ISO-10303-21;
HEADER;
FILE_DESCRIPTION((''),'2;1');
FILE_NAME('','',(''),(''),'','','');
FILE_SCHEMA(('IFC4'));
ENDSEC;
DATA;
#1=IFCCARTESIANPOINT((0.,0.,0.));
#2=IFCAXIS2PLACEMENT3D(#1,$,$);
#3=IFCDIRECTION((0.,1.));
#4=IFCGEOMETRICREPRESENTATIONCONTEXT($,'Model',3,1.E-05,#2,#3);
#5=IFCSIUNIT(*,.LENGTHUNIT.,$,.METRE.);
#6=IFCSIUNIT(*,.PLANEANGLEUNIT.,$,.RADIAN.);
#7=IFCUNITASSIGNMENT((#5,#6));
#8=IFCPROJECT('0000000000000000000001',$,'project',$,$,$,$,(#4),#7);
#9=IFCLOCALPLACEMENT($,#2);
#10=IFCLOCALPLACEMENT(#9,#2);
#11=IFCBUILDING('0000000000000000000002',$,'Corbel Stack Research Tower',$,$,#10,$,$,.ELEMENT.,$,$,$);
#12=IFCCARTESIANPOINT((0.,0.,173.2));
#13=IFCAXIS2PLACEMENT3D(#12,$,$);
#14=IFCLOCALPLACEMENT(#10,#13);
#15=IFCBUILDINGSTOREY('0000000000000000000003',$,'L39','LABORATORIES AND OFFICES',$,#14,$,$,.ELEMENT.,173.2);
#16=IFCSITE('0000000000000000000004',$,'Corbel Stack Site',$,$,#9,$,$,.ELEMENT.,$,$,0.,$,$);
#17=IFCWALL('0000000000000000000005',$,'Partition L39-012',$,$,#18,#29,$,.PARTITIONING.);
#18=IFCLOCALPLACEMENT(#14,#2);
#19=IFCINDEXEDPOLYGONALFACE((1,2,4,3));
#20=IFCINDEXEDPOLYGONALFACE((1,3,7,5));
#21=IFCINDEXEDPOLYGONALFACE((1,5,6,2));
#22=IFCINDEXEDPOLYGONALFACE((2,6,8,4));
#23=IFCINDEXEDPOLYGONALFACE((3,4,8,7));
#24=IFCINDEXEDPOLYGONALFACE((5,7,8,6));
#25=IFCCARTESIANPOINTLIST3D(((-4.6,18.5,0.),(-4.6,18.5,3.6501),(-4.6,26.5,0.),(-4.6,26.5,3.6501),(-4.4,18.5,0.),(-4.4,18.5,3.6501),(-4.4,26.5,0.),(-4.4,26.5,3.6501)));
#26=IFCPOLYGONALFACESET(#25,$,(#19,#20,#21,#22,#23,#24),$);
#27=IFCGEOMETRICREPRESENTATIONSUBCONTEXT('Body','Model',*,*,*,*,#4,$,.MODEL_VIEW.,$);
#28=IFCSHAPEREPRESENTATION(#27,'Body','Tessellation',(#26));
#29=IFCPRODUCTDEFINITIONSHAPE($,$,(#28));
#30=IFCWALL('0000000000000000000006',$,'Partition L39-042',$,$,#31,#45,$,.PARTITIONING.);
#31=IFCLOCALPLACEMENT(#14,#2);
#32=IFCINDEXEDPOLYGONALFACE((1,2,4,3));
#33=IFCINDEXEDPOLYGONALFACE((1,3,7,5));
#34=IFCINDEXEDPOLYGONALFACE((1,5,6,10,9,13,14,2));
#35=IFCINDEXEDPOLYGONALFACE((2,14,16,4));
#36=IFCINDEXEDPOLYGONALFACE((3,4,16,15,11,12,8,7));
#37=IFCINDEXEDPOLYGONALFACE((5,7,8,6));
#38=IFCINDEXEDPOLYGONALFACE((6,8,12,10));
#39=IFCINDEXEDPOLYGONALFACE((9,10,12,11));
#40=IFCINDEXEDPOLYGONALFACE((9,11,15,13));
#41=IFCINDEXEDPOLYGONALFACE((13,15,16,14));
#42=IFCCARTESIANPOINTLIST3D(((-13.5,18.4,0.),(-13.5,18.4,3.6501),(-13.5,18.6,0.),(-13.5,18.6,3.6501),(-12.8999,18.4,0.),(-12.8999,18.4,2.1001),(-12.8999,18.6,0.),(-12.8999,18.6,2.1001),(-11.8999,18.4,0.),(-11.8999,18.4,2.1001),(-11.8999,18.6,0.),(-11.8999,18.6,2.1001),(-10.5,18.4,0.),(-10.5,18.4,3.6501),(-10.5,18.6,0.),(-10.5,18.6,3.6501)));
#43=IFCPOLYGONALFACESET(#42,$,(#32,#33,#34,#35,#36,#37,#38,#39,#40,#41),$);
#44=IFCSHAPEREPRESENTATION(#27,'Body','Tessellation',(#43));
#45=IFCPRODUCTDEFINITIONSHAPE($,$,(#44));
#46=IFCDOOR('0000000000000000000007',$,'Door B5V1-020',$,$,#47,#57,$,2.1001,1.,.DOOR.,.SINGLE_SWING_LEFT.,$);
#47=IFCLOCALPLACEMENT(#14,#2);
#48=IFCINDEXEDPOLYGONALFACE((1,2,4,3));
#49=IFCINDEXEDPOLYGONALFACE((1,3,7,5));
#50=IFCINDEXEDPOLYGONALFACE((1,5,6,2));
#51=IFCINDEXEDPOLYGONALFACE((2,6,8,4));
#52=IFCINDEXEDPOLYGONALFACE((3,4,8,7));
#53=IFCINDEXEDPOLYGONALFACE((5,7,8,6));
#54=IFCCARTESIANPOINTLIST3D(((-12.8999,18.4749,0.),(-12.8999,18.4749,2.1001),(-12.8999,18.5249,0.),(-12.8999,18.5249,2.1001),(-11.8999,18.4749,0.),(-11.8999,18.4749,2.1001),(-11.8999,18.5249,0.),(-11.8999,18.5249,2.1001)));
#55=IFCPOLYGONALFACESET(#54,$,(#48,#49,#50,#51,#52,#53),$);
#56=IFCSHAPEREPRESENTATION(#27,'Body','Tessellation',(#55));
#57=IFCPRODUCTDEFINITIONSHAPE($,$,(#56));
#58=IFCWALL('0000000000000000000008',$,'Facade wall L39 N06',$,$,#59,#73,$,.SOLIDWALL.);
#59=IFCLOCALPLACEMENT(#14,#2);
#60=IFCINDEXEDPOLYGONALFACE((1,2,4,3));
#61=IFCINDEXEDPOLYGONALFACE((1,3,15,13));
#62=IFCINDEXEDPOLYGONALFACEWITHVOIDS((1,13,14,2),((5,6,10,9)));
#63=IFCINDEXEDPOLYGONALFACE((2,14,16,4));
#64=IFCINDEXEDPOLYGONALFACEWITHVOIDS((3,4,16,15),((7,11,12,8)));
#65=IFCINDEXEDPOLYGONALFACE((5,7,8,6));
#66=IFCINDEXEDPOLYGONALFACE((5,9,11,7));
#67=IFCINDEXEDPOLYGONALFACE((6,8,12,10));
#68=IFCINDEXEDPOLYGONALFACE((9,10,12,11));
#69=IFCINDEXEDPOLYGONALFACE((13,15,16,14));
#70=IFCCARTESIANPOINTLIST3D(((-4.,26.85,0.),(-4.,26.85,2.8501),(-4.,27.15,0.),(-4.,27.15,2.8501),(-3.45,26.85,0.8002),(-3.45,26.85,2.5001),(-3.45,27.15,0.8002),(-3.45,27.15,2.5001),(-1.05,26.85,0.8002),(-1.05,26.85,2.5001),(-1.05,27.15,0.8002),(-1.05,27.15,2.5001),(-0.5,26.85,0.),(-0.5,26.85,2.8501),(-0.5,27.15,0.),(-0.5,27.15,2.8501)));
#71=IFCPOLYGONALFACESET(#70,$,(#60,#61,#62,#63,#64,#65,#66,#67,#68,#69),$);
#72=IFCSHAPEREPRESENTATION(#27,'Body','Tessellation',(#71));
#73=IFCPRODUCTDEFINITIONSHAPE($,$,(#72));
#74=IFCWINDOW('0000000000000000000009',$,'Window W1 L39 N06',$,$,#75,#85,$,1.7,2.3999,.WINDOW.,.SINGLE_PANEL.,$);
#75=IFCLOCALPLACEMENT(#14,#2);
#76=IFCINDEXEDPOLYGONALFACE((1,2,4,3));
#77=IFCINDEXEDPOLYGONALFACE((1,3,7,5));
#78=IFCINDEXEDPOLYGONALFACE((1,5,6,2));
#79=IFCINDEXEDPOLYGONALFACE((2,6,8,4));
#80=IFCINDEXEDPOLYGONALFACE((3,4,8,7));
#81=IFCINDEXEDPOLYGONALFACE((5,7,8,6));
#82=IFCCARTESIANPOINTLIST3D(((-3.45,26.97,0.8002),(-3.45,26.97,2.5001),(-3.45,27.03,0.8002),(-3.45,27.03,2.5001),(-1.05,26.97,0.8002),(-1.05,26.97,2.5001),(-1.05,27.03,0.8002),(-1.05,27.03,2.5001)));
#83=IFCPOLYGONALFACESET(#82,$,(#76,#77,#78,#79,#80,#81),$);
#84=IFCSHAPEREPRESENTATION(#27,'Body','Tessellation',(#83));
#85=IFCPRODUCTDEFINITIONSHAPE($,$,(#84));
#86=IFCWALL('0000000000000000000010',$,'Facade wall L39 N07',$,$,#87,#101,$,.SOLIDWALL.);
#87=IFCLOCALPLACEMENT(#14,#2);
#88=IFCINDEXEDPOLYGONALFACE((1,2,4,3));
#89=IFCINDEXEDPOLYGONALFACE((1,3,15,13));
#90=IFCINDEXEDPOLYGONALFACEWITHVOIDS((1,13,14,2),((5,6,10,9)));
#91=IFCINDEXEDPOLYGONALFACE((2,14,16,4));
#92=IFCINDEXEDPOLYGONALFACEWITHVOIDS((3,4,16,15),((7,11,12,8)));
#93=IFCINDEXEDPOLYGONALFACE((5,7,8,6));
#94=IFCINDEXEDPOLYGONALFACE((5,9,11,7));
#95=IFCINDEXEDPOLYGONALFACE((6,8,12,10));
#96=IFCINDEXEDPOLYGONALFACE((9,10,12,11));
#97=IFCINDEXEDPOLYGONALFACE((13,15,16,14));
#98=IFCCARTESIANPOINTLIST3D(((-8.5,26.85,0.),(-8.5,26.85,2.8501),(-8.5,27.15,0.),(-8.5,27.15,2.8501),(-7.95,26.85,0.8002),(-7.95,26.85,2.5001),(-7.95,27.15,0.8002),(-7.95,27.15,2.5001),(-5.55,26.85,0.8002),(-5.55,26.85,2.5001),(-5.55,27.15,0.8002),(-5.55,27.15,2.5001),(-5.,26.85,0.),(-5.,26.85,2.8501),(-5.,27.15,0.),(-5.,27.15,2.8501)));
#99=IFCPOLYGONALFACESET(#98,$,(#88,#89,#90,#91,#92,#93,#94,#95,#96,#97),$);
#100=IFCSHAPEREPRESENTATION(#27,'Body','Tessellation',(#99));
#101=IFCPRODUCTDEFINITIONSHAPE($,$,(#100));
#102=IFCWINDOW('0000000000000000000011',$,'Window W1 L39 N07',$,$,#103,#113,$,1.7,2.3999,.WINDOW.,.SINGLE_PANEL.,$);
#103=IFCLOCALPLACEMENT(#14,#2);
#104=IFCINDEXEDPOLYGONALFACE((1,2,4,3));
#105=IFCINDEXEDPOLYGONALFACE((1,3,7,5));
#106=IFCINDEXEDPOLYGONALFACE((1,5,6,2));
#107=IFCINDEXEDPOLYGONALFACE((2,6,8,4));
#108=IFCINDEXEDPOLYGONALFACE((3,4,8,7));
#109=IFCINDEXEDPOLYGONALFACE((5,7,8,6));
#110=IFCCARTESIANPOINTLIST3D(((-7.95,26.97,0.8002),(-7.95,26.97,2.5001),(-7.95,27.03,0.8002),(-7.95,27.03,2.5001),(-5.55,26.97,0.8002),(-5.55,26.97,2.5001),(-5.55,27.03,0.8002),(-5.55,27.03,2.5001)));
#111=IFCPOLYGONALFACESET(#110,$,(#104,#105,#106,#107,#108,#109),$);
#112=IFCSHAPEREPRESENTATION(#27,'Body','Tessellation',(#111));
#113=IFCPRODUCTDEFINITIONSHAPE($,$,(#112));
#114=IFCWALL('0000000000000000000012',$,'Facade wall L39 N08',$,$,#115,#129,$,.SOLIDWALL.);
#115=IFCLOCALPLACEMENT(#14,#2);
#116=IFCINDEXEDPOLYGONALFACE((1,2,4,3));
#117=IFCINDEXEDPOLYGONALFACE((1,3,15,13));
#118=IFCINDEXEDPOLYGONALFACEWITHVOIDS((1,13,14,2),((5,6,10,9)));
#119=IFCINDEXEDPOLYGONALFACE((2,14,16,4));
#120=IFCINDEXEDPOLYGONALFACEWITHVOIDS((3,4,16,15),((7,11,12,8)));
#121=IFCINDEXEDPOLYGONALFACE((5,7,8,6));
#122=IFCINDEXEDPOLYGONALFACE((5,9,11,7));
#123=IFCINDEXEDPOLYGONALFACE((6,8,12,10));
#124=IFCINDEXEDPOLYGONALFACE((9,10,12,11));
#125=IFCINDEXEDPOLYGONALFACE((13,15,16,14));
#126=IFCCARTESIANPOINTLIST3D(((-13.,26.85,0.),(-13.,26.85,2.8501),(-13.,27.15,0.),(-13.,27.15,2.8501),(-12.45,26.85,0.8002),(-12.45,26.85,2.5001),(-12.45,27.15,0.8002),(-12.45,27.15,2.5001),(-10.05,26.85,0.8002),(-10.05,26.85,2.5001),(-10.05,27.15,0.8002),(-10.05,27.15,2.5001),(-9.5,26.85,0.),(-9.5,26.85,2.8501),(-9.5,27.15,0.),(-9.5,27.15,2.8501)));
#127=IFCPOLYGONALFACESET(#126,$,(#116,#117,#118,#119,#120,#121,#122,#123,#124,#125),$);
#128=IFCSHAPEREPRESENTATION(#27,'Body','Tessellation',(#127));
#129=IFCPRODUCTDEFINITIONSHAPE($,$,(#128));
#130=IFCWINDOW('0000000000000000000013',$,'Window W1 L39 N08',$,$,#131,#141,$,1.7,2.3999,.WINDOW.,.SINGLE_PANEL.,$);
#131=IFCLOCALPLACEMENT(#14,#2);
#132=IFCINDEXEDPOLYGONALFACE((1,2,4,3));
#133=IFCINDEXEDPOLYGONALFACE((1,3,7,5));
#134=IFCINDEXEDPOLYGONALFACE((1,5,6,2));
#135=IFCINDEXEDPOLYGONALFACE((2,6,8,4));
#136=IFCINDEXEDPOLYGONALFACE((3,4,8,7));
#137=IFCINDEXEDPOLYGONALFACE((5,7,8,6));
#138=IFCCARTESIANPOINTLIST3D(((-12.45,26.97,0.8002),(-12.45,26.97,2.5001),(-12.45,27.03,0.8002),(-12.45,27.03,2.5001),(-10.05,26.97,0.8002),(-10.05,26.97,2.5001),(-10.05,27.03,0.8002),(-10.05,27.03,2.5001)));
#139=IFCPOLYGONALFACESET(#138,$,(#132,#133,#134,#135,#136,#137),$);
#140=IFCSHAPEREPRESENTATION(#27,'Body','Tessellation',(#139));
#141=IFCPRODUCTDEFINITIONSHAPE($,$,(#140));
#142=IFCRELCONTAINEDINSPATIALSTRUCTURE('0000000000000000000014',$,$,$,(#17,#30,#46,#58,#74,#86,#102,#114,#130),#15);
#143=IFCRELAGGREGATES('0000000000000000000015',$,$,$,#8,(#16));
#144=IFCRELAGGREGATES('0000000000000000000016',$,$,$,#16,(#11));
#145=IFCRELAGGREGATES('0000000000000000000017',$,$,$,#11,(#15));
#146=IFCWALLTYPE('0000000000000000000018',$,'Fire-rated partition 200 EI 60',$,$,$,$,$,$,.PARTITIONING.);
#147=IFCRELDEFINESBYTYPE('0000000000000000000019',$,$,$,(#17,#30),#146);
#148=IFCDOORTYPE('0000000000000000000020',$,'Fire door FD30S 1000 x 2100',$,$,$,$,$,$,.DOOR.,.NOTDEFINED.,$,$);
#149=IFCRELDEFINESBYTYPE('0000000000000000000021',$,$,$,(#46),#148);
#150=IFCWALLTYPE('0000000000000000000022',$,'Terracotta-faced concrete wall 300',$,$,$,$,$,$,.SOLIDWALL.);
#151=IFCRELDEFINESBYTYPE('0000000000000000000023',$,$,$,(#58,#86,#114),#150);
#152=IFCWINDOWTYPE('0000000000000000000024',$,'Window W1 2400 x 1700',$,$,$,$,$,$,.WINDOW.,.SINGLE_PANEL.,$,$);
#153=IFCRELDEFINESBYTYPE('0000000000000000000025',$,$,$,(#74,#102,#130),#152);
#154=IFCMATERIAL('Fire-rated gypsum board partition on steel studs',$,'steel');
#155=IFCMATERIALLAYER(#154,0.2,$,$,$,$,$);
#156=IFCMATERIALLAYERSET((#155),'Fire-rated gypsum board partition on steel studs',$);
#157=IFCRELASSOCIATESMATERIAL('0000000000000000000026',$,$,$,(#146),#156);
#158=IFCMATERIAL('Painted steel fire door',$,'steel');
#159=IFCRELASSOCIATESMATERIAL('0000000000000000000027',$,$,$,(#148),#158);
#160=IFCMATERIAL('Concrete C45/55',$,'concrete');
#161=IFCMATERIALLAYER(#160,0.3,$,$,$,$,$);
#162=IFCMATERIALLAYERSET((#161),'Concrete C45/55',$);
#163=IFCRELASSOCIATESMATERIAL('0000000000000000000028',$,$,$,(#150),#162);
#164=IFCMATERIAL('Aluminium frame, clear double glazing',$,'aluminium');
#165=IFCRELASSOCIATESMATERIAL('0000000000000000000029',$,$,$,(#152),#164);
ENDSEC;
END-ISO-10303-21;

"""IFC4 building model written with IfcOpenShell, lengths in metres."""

from ifc_helpers import new_model, si_unit, direction, frame, frame_2d, origin, place, context, subcontext, project, spatial, rectangle, extrude, material, layer, layer_set, type_object, element, fill, save


model = new_model("IFC4")

# Units and contexts
model_context = context("Model", 3, precision=1e-05, world=origin(), true_north=direction((0.0, 1.0)))
body_context = subcontext(model_context, "Body", "Model", "MODEL_VIEW")
ifc_project = project(units=[si_unit("LENGTHUNIT", "METRE"), si_unit("PLANEANGLEUNIT", "RADIAN")], contexts=[model_context])

# Site, building, storey
site_placement = place(None, origin())
site = spatial("IfcSite", under=ifc_project, at=site_placement, Name="Corbel Stack Site", CompositionType="ELEMENT", RefElevation=0.0)
building_placement = place(site_placement, origin())
building = spatial("IfcBuilding", under=site, at=building_placement, Name="Corbel Stack Research Tower", CompositionType="ELEMENT")
storey_placement = place(building_placement, frame((0.0, 0.0, 173.2)))
storey = spatial("IfcBuildingStorey", under=building, at=storey_placement, Name="L39", Description="LABORATORIES AND OFFICES", CompositionType="ELEMENT", Elevation=173.2)

# Wall
ifc_material_1 = material(Name="Fire-rated gypsum board partition on steel studs", Category="steel")
ifc_layer_1 = layer(ifc_material_1, 0.2)
ifc_layer_set_1 = layer_set([ifc_layer_1], Name="Fire-rated gypsum board partition on steel studs")
wall_type_1 = type_object("IfcWallType", Name="Fire-rated partition 200 EI 60", PredefinedType="PARTITIONING", material=ifc_layer_set_1)
wall_1_placement = place(storey_placement, frame((-4.5, 18.5, 0.0), z_axis=(0.0, 0.0, 1.0), x_axis=(0.0, 1.0, 0.0)))
element("IfcWall", 1, at=wall_1_placement, inside=storey, type_object=wall_type_1, Name="Partition L39-012", PredefinedType="PARTITIONING", context=body_context, shape_type="SweptSolid", body=[
    extrude(rectangle(XDim=8.0, YDim=0.2, at=frame_2d((4.0, 0.0))), origin(), (0.0, 0.0, 1.0), 3.6501),
])

# Wall, opening, door
wall_2_placement = place(storey_placement, frame((-13.5, 18.5, 0.0), z_axis=(0.0, 0.0, 1.0), x_axis=(1.0, 0.0, 0.0)))
wall_2 = element("IfcWall", 2, at=wall_2_placement, inside=storey, type_object=wall_type_1, Name="Partition L39-042", PredefinedType="PARTITIONING", context=body_context, shape_type="SweptSolid", body=[
    extrude(rectangle(XDim=3.0, YDim=0.2, at=frame_2d((1.5, 0.0))), origin(), (0.0, 0.0, 1.0), 3.6501),
])
opening_1_placement = place(wall_2_placement, frame((0.6001, 0.0, 0.0)))
opening_1 = element("IfcOpeningElement", 3, at=opening_1_placement, cuts=wall_2, PredefinedType="OPENING", context=body_context, shape_type="SweptSolid", body=[
    extrude(rectangle(XDim=1.0, YDim=2.1001, at=frame_2d((0.5, 1.05))), frame((0.0, 0.1099, 0.0), z_axis=(0.0, -1.0, 0.0), x_axis=(1.0, 0.0, 0.0)), (0.0, 0.0, 1.0), 0.22),
])
ifc_material_2 = material(Name="Painted steel fire door", Category="steel")
door_type_1 = type_object("IfcDoorType", Name="Fire door FD30S 1000 x 2100", OperationType="NOTDEFINED", PredefinedType="DOOR", material=ifc_material_2)
door_1_placement = place(opening_1_placement, origin())
door_1 = element("IfcDoor", 4, at=door_1_placement, inside=storey, type_object=door_type_1, Name="Door B5V1-020", OperationType="SINGLE_SWING_LEFT", OverallHeight=2.1001, OverallWidth=1.0, PredefinedType="DOOR", context=body_context, shape_type="SweptSolid", body=[
    extrude(rectangle(XDim=1.0, YDim=2.1001, at=frame_2d((0.5, 1.05))), frame((0.0, 0.0249, 0.0), z_axis=(0.0, -1.0, 0.0), x_axis=(1.0, 0.0, 0.0)), (0.0, 0.0, 1.0), 0.05),
])
fill(opening_1, door_1)

# Walls, openings, windows
ifc_material_3 = material(Name="Concrete C45/55", Category="concrete")
ifc_layer_2 = layer(ifc_material_3, 0.3)
ifc_layer_set_2 = layer_set([ifc_layer_2], Name="Concrete C45/55")
wall_type_2 = type_object("IfcWallType", Name="Terracotta-faced concrete wall 300", PredefinedType="SOLIDWALL", material=ifc_layer_set_2)
wall_3_placement = place(storey_placement, frame((-4.0, 27.0, 0.0), z_axis=(0.0, 0.0, 1.0), x_axis=(1.0, 0.0, 0.0)))
wall_3 = element("IfcWall", 5, at=wall_3_placement, inside=storey, type_object=wall_type_2, Name="Facade wall L39 N06", PredefinedType="SOLIDWALL", context=body_context, shape_type="SweptSolid", body=[
    extrude(rectangle(XDim=3.5, YDim=0.3, at=frame_2d((1.75, 0.0))), origin(), (0.0, 0.0, 1.0), 2.8501),
])
opening_2_placement = place(wall_3_placement, frame((0.55, 0.0, 0.8)))
opening_2 = element("IfcOpeningElement", 6, at=opening_2_placement, cuts=wall_3, PredefinedType="OPENING", context=body_context, shape_type="SweptSolid", body=[
    extrude(rectangle(XDim=2.3999, YDim=1.7, at=frame_2d((1.2, 0.8501))), frame((0.0, 0.1599, 0.0), z_axis=(0.0, -1.0, 0.0), x_axis=(1.0, 0.0, 0.0)), (0.0, 0.0, 1.0), 0.3201),
])
ifc_material_4 = material(Name="Aluminium frame, clear double glazing", Category="aluminium")
window_type = type_object("IfcWindowType", Name="Window W1 2400 x 1700", PartitioningType="SINGLE_PANEL", PredefinedType="WINDOW", material=ifc_material_4)
window_1_placement = place(opening_2_placement, origin())
window_1 = element("IfcWindow", 7, at=window_1_placement, inside=storey, type_object=window_type, Name="Window W1 L39 N06", OverallHeight=1.7, OverallWidth=2.3999, PartitioningType="SINGLE_PANEL", PredefinedType="WINDOW", context=body_context, shape_type="SweptSolid", body=[
    extrude(rectangle(XDim=2.3999, YDim=1.7, at=frame_2d((1.2, 0.8501))), frame((0.0, 0.03, 0.0), z_axis=(0.0, -1.0, 0.0), x_axis=(1.0, 0.0, 0.0)), (0.0, 0.0, 1.0), 0.0601),
])
fill(opening_2, window_1)
wall_4_placement = place(storey_placement, frame((-8.5, 27.0, 0.0), z_axis=(0.0, 0.0, 1.0), x_axis=(1.0, 0.0, 0.0)))
wall_4 = element("IfcWall", 8, at=wall_4_placement, inside=storey, type_object=wall_type_2, Name="Facade wall L39 N07", PredefinedType="SOLIDWALL", context=body_context, shape_type="SweptSolid", body=[
    extrude(rectangle(XDim=3.5, YDim=0.3, at=frame_2d((1.75, 0.0))), origin(), (0.0, 0.0, 1.0), 2.8501),
])
opening_3_placement = place(wall_4_placement, frame((0.55, 0.0, 0.8)))
opening_3 = element("IfcOpeningElement", 9, at=opening_3_placement, cuts=wall_4, PredefinedType="OPENING", context=body_context, shape_type="SweptSolid", body=[
    extrude(rectangle(XDim=2.3999, YDim=1.7, at=frame_2d((1.2, 0.8501))), frame((0.0, 0.1599, 0.0), z_axis=(0.0, -1.0, 0.0), x_axis=(1.0, 0.0, 0.0)), (0.0, 0.0, 1.0), 0.3201),
])
window_2_placement = place(opening_3_placement, origin())
window_2 = element("IfcWindow", 10, at=window_2_placement, inside=storey, type_object=window_type, Name="Window W1 L39 N07", OverallHeight=1.7, OverallWidth=2.3999, PartitioningType="SINGLE_PANEL", PredefinedType="WINDOW", context=body_context, shape_type="SweptSolid", body=[
    extrude(rectangle(XDim=2.3999, YDim=1.7, at=frame_2d((1.2, 0.8501))), frame((0.0, 0.03, 0.0), z_axis=(0.0, -1.0, 0.0), x_axis=(1.0, 0.0, 0.0)), (0.0, 0.0, 1.0), 0.0601),
])
fill(opening_3, window_2)
wall_5_placement = place(storey_placement, frame((-13.0, 27.0, 0.0), z_axis=(0.0, 0.0, 1.0), x_axis=(1.0, 0.0, 0.0)))
wall_5 = element("IfcWall", 11, at=wall_5_placement, inside=storey, type_object=wall_type_2, Name="Facade wall L39 N08", PredefinedType="SOLIDWALL", context=body_context, shape_type="SweptSolid", body=[
    extrude(rectangle(XDim=3.5, YDim=0.3, at=frame_2d((1.75, 0.0))), origin(), (0.0, 0.0, 1.0), 2.8501),
])
opening_4_placement = place(wall_5_placement, frame((0.55, 0.0, 0.8)))
opening_4 = element("IfcOpeningElement", 12, at=opening_4_placement, cuts=wall_5, PredefinedType="OPENING", context=body_context, shape_type="SweptSolid", body=[
    extrude(rectangle(XDim=2.3999, YDim=1.7, at=frame_2d((1.2, 0.8501))), frame((0.0, 0.1599, 0.0), z_axis=(0.0, -1.0, 0.0), x_axis=(1.0, 0.0, 0.0)), (0.0, 0.0, 1.0), 0.3201),
])
window_3_placement = place(opening_4_placement, origin())
window_3 = element("IfcWindow", 13, at=window_3_placement, inside=storey, type_object=window_type, Name="Window W1 L39 N08", OverallHeight=1.7, OverallWidth=2.3999, PartitioningType="SINGLE_PANEL", PredefinedType="WINDOW", context=body_context, shape_type="SweptSolid", body=[
    extrude(rectangle(XDim=2.3999, YDim=1.7, at=frame_2d((1.2, 0.8501))), frame((0.0, 0.03, 0.0), z_axis=(0.0, -1.0, 0.0), x_axis=(1.0, 0.0, 0.0)), (0.0, 0.0, 1.0), 0.0601),
])
fill(opening_4, window_3)

save(model, "model.ifc")
